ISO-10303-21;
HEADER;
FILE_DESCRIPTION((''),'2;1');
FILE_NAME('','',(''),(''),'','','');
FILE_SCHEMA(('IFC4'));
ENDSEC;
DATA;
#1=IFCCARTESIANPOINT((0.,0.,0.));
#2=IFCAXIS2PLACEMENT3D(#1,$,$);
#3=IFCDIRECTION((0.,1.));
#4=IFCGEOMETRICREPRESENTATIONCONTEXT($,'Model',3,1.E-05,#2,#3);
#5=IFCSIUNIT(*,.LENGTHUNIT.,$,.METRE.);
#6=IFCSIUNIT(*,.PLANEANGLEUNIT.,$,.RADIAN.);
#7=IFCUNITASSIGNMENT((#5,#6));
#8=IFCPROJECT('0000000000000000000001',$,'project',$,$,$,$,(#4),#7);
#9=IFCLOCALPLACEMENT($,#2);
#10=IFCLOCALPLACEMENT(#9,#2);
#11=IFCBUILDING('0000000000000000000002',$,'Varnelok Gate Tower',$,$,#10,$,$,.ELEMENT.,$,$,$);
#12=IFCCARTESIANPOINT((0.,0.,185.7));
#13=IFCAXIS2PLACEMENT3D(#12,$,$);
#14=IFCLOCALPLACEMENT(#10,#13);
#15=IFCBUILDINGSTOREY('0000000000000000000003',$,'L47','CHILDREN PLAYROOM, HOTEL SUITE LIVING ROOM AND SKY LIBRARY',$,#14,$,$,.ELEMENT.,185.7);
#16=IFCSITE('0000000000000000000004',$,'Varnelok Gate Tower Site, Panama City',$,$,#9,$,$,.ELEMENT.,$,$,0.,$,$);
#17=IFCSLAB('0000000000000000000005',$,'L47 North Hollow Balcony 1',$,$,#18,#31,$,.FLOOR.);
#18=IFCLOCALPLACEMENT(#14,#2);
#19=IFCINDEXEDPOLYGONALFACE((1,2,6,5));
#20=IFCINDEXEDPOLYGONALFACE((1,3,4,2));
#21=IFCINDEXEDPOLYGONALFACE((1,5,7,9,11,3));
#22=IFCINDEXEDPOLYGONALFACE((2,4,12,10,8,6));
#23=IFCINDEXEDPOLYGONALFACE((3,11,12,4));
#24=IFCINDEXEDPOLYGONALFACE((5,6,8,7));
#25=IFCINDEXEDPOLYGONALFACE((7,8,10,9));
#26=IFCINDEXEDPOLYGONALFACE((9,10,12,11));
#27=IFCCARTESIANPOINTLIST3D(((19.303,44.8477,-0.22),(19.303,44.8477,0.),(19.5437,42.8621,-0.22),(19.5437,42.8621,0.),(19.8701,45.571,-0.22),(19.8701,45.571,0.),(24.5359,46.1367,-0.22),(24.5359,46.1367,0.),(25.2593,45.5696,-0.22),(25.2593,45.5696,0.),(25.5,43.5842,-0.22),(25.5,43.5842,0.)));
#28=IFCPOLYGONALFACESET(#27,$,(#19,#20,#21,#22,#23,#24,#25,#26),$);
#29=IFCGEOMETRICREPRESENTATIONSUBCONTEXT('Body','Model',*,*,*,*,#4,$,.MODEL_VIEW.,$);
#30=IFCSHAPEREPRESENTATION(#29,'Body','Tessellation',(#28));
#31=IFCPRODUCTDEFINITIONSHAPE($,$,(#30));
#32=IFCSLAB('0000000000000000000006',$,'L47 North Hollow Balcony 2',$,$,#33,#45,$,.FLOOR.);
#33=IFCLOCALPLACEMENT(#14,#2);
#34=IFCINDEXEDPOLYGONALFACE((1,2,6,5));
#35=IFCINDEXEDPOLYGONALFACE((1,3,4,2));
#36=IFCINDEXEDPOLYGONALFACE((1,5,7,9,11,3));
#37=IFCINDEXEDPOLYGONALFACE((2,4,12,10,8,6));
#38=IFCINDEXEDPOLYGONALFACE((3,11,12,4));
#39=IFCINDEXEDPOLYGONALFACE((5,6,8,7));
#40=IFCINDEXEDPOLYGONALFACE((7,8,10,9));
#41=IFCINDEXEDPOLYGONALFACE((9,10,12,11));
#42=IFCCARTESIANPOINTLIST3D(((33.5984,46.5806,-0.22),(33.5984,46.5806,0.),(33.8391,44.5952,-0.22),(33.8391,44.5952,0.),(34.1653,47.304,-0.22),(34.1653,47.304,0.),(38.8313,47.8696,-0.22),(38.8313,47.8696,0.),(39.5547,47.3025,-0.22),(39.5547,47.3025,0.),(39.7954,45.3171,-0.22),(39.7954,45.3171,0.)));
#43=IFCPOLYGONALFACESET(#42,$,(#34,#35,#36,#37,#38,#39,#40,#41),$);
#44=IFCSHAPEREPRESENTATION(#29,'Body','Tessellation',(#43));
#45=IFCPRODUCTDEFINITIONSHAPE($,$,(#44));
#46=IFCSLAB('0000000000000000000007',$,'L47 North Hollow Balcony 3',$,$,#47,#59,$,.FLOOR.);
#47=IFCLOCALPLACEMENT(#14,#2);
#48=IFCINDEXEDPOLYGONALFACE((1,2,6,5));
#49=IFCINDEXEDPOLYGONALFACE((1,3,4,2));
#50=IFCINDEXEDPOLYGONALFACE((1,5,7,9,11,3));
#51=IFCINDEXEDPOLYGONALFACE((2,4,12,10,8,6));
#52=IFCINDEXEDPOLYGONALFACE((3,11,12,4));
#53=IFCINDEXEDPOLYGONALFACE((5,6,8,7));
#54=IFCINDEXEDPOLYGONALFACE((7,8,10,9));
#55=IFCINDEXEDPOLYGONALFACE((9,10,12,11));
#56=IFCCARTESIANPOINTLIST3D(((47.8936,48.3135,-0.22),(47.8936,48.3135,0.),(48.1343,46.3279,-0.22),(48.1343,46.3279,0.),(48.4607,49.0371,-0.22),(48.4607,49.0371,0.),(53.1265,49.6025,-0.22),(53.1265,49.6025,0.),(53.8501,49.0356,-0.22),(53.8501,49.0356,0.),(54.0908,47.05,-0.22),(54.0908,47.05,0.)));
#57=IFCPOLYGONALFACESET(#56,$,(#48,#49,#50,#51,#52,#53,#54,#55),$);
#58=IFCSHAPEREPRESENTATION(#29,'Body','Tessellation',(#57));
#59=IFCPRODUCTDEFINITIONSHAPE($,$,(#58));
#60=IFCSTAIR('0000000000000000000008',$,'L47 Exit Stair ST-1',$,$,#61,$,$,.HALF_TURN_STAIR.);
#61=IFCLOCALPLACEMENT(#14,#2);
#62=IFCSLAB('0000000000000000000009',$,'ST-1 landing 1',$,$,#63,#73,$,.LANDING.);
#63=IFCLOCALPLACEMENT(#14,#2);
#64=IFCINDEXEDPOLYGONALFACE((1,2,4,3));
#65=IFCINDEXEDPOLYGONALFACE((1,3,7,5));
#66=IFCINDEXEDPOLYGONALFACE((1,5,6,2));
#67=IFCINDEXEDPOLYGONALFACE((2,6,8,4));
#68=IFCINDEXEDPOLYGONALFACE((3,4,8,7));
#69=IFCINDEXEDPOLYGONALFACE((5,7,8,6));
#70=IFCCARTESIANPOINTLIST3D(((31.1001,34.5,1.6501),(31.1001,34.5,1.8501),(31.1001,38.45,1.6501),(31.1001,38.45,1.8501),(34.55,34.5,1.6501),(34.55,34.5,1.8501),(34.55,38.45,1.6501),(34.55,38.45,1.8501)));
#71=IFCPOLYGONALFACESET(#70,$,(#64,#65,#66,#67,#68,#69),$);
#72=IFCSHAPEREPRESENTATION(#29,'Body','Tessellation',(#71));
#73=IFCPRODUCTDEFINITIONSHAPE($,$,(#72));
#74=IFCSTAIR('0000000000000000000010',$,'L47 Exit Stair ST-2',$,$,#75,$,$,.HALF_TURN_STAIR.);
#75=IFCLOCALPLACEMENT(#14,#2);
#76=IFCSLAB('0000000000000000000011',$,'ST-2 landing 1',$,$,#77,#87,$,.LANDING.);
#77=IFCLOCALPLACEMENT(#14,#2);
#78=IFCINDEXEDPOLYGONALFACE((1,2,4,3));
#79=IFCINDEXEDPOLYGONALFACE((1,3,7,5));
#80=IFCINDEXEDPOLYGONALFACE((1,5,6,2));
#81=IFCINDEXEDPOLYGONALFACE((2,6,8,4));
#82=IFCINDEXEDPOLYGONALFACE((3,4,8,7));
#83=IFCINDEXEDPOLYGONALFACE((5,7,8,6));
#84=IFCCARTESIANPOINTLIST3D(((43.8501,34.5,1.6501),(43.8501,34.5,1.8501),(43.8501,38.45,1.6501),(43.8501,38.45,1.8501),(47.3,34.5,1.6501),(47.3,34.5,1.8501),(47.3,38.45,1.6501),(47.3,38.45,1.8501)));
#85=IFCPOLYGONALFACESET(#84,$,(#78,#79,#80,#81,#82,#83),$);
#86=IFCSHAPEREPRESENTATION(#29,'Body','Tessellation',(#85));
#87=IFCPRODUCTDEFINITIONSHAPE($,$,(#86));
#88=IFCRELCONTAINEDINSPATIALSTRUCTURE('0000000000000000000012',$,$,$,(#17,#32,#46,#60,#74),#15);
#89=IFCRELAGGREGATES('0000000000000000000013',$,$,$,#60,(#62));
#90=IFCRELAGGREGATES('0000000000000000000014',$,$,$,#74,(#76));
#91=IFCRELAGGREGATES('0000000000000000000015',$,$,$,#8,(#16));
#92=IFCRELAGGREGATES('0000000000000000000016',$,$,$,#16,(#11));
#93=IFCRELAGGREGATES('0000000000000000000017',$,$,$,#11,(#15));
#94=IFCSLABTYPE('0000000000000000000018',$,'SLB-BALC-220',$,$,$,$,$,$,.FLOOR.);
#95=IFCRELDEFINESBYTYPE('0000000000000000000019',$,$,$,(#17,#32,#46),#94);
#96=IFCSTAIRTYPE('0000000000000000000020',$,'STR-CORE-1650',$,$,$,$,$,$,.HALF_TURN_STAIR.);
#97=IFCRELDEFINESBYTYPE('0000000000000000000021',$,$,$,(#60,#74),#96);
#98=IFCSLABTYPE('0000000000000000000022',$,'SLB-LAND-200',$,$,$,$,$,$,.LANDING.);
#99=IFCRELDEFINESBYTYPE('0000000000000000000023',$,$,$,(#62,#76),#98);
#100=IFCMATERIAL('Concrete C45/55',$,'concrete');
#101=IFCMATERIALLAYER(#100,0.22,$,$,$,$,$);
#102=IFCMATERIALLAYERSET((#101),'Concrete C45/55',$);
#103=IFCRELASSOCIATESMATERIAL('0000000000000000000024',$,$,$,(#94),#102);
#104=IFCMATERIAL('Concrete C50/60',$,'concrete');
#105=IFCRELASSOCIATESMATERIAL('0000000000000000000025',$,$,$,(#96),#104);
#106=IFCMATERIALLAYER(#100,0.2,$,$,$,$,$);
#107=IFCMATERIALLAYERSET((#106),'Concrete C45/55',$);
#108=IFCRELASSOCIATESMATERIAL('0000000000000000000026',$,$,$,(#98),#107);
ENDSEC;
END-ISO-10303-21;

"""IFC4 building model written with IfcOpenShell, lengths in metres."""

from ifc_helpers import new_model, si_unit, direction, frame, origin, place, context, subcontext, project, spatial, polyline, outline, extrude, material, layer, layer_set, type_object, element, aggregate, save


model = new_model("IFC4")

# Units and contexts
model_context = context("Model", 3, precision=1e-05, world=origin(), true_north=direction((0.0, 1.0)))
body_context = subcontext(model_context, "Body", "Model", "MODEL_VIEW")
ifc_project = project(units=[si_unit("LENGTHUNIT", "METRE"), si_unit("PLANEANGLEUNIT", "RADIAN")], contexts=[model_context])

# Site, building, storey
site_placement = place(None, origin())
site = spatial("IfcSite", under=ifc_project, at=site_placement, Name="Varnelok Gate Tower Site, Panama City", CompositionType="ELEMENT", RefElevation=0.0)
building_placement = place(site_placement, origin())
building = spatial("IfcBuilding", under=site, at=building_placement, Name="Varnelok Gate Tower", CompositionType="ELEMENT")
storey_placement = place(building_placement, frame((0.0, 0.0, 185.7)))
storey = spatial("IfcBuildingStorey", under=building, at=storey_placement, Name="L47", Description="CHILDREN PLAYROOM, HOTEL SUITE LIVING ROOM AND SKY LIBRARY", CompositionType="ELEMENT", Elevation=185.7)

# Slabs
ifc_material_1 = material(Name="Concrete C45/55", Category="concrete")
ifc_layer_1 = layer(ifc_material_1, 0.22)
ifc_layer_set_1 = layer_set([ifc_layer_1], Name="Concrete C45/55")
slab_type_1 = type_object("IfcSlabType", Name="SLB-BALC-220", PredefinedType="FLOOR", material=ifc_layer_set_1)
slab_1_placement = place(storey_placement, frame((0.0, 0.0, -0.22)))
element("IfcSlab", 1, at=slab_1_placement, inside=storey, type_object=slab_type_1, Name="L47 North Hollow Balcony 1", PredefinedType="FLOOR", context=body_context, shape_type="SweptSolid", body=[
    extrude(outline(polyline([(19.5437, 42.8621), (25.5, 43.5842), (25.2593, 45.5696), (24.5359, 46.1367), (19.8701, 45.571), (19.303, 44.8477), (19.5437, 42.8621)])), origin(), (0.0, 0.0, 1.0), 0.22),
])
slab_2_placement = place(storey_placement, frame((0.0, 0.0, -0.22)))
element("IfcSlab", 2, at=slab_2_placement, inside=storey, type_object=slab_type_1, Name="L47 North Hollow Balcony 2", PredefinedType="FLOOR", context=body_context, shape_type="SweptSolid", body=[
    extrude(outline(polyline([(33.8391, 44.5952), (39.7954, 45.3171), (39.5547, 47.3025), (38.8313, 47.8696), (34.1653, 47.304), (33.5984, 46.5806), (33.8391, 44.5952)])), origin(), (0.0, 0.0, 1.0), 0.22),
])
slab_3_placement = place(storey_placement, frame((0.0, 0.0, -0.22)))
element("IfcSlab", 3, at=slab_3_placement, inside=storey, type_object=slab_type_1, Name="L47 North Hollow Balcony 3", PredefinedType="FLOOR", context=body_context, shape_type="SweptSolid", body=[
    extrude(outline(polyline([(48.1343, 46.3279), (54.0908, 47.05), (53.8501, 49.0356), (53.1265, 49.6025), (48.4607, 49.0371), (47.8936, 48.3135), (48.1343, 46.3279)])), origin(), (0.0, 0.0, 1.0), 0.22),
])

# Stairs, slabs
ifc_material_2 = material(Name="Concrete C50/60", Category="concrete")
stair_type = type_object("IfcStairType", Name="STR-CORE-1650", PredefinedType="HALF_TURN_STAIR", material=ifc_material_2)
stair_1_placement = place(storey_placement, origin())
stair_1 = element("IfcStair", 4, at=stair_1_placement, inside=storey, type_object=stair_type, Name="L47 Exit Stair ST-1", PredefinedType="HALF_TURN_STAIR")
ifc_layer_2 = layer(ifc_material_1, 0.2)
ifc_layer_set_2 = layer_set([ifc_layer_2], Name="Concrete C45/55")
slab_type_2 = type_object("IfcSlabType", Name="SLB-LAND-200", PredefinedType="LANDING", material=ifc_layer_set_2)
slab_4_placement = place(storey_placement, frame((0.0, 0.0, 1.6501)))
slab_4 = element("IfcSlab", 5, at=slab_4_placement, type_object=slab_type_2, Name="ST-1 landing 1", PredefinedType="LANDING", context=body_context, shape_type="SweptSolid", body=[
    extrude(outline(polyline([(34.55, 34.5), (34.55, 38.45), (31.1001, 38.45), (31.1001, 34.5), (34.55, 34.5)])), origin(), (0.0, 0.0, 1.0), 0.2),
])
aggregate(stair_1, [slab_4])
stair_2_placement = place(storey_placement, origin())
stair_2 = element("IfcStair", 6, at=stair_2_placement, inside=storey, type_object=stair_type, Name="L47 Exit Stair ST-2", PredefinedType="HALF_TURN_STAIR")
slab_5_placement = place(storey_placement, frame((0.0, 0.0, 1.6501)))
slab_5 = element("IfcSlab", 7, at=slab_5_placement, type_object=slab_type_2, Name="ST-2 landing 1", PredefinedType="LANDING", context=body_context, shape_type="SweptSolid", body=[
    extrude(outline(polyline([(47.3, 34.5), (47.3, 38.45), (43.8501, 38.45), (43.8501, 34.5), (47.3, 34.5)])), origin(), (0.0, 0.0, 1.0), 0.2),
])
aggregate(stair_2, [slab_5])

save(model, "model.ifc")
